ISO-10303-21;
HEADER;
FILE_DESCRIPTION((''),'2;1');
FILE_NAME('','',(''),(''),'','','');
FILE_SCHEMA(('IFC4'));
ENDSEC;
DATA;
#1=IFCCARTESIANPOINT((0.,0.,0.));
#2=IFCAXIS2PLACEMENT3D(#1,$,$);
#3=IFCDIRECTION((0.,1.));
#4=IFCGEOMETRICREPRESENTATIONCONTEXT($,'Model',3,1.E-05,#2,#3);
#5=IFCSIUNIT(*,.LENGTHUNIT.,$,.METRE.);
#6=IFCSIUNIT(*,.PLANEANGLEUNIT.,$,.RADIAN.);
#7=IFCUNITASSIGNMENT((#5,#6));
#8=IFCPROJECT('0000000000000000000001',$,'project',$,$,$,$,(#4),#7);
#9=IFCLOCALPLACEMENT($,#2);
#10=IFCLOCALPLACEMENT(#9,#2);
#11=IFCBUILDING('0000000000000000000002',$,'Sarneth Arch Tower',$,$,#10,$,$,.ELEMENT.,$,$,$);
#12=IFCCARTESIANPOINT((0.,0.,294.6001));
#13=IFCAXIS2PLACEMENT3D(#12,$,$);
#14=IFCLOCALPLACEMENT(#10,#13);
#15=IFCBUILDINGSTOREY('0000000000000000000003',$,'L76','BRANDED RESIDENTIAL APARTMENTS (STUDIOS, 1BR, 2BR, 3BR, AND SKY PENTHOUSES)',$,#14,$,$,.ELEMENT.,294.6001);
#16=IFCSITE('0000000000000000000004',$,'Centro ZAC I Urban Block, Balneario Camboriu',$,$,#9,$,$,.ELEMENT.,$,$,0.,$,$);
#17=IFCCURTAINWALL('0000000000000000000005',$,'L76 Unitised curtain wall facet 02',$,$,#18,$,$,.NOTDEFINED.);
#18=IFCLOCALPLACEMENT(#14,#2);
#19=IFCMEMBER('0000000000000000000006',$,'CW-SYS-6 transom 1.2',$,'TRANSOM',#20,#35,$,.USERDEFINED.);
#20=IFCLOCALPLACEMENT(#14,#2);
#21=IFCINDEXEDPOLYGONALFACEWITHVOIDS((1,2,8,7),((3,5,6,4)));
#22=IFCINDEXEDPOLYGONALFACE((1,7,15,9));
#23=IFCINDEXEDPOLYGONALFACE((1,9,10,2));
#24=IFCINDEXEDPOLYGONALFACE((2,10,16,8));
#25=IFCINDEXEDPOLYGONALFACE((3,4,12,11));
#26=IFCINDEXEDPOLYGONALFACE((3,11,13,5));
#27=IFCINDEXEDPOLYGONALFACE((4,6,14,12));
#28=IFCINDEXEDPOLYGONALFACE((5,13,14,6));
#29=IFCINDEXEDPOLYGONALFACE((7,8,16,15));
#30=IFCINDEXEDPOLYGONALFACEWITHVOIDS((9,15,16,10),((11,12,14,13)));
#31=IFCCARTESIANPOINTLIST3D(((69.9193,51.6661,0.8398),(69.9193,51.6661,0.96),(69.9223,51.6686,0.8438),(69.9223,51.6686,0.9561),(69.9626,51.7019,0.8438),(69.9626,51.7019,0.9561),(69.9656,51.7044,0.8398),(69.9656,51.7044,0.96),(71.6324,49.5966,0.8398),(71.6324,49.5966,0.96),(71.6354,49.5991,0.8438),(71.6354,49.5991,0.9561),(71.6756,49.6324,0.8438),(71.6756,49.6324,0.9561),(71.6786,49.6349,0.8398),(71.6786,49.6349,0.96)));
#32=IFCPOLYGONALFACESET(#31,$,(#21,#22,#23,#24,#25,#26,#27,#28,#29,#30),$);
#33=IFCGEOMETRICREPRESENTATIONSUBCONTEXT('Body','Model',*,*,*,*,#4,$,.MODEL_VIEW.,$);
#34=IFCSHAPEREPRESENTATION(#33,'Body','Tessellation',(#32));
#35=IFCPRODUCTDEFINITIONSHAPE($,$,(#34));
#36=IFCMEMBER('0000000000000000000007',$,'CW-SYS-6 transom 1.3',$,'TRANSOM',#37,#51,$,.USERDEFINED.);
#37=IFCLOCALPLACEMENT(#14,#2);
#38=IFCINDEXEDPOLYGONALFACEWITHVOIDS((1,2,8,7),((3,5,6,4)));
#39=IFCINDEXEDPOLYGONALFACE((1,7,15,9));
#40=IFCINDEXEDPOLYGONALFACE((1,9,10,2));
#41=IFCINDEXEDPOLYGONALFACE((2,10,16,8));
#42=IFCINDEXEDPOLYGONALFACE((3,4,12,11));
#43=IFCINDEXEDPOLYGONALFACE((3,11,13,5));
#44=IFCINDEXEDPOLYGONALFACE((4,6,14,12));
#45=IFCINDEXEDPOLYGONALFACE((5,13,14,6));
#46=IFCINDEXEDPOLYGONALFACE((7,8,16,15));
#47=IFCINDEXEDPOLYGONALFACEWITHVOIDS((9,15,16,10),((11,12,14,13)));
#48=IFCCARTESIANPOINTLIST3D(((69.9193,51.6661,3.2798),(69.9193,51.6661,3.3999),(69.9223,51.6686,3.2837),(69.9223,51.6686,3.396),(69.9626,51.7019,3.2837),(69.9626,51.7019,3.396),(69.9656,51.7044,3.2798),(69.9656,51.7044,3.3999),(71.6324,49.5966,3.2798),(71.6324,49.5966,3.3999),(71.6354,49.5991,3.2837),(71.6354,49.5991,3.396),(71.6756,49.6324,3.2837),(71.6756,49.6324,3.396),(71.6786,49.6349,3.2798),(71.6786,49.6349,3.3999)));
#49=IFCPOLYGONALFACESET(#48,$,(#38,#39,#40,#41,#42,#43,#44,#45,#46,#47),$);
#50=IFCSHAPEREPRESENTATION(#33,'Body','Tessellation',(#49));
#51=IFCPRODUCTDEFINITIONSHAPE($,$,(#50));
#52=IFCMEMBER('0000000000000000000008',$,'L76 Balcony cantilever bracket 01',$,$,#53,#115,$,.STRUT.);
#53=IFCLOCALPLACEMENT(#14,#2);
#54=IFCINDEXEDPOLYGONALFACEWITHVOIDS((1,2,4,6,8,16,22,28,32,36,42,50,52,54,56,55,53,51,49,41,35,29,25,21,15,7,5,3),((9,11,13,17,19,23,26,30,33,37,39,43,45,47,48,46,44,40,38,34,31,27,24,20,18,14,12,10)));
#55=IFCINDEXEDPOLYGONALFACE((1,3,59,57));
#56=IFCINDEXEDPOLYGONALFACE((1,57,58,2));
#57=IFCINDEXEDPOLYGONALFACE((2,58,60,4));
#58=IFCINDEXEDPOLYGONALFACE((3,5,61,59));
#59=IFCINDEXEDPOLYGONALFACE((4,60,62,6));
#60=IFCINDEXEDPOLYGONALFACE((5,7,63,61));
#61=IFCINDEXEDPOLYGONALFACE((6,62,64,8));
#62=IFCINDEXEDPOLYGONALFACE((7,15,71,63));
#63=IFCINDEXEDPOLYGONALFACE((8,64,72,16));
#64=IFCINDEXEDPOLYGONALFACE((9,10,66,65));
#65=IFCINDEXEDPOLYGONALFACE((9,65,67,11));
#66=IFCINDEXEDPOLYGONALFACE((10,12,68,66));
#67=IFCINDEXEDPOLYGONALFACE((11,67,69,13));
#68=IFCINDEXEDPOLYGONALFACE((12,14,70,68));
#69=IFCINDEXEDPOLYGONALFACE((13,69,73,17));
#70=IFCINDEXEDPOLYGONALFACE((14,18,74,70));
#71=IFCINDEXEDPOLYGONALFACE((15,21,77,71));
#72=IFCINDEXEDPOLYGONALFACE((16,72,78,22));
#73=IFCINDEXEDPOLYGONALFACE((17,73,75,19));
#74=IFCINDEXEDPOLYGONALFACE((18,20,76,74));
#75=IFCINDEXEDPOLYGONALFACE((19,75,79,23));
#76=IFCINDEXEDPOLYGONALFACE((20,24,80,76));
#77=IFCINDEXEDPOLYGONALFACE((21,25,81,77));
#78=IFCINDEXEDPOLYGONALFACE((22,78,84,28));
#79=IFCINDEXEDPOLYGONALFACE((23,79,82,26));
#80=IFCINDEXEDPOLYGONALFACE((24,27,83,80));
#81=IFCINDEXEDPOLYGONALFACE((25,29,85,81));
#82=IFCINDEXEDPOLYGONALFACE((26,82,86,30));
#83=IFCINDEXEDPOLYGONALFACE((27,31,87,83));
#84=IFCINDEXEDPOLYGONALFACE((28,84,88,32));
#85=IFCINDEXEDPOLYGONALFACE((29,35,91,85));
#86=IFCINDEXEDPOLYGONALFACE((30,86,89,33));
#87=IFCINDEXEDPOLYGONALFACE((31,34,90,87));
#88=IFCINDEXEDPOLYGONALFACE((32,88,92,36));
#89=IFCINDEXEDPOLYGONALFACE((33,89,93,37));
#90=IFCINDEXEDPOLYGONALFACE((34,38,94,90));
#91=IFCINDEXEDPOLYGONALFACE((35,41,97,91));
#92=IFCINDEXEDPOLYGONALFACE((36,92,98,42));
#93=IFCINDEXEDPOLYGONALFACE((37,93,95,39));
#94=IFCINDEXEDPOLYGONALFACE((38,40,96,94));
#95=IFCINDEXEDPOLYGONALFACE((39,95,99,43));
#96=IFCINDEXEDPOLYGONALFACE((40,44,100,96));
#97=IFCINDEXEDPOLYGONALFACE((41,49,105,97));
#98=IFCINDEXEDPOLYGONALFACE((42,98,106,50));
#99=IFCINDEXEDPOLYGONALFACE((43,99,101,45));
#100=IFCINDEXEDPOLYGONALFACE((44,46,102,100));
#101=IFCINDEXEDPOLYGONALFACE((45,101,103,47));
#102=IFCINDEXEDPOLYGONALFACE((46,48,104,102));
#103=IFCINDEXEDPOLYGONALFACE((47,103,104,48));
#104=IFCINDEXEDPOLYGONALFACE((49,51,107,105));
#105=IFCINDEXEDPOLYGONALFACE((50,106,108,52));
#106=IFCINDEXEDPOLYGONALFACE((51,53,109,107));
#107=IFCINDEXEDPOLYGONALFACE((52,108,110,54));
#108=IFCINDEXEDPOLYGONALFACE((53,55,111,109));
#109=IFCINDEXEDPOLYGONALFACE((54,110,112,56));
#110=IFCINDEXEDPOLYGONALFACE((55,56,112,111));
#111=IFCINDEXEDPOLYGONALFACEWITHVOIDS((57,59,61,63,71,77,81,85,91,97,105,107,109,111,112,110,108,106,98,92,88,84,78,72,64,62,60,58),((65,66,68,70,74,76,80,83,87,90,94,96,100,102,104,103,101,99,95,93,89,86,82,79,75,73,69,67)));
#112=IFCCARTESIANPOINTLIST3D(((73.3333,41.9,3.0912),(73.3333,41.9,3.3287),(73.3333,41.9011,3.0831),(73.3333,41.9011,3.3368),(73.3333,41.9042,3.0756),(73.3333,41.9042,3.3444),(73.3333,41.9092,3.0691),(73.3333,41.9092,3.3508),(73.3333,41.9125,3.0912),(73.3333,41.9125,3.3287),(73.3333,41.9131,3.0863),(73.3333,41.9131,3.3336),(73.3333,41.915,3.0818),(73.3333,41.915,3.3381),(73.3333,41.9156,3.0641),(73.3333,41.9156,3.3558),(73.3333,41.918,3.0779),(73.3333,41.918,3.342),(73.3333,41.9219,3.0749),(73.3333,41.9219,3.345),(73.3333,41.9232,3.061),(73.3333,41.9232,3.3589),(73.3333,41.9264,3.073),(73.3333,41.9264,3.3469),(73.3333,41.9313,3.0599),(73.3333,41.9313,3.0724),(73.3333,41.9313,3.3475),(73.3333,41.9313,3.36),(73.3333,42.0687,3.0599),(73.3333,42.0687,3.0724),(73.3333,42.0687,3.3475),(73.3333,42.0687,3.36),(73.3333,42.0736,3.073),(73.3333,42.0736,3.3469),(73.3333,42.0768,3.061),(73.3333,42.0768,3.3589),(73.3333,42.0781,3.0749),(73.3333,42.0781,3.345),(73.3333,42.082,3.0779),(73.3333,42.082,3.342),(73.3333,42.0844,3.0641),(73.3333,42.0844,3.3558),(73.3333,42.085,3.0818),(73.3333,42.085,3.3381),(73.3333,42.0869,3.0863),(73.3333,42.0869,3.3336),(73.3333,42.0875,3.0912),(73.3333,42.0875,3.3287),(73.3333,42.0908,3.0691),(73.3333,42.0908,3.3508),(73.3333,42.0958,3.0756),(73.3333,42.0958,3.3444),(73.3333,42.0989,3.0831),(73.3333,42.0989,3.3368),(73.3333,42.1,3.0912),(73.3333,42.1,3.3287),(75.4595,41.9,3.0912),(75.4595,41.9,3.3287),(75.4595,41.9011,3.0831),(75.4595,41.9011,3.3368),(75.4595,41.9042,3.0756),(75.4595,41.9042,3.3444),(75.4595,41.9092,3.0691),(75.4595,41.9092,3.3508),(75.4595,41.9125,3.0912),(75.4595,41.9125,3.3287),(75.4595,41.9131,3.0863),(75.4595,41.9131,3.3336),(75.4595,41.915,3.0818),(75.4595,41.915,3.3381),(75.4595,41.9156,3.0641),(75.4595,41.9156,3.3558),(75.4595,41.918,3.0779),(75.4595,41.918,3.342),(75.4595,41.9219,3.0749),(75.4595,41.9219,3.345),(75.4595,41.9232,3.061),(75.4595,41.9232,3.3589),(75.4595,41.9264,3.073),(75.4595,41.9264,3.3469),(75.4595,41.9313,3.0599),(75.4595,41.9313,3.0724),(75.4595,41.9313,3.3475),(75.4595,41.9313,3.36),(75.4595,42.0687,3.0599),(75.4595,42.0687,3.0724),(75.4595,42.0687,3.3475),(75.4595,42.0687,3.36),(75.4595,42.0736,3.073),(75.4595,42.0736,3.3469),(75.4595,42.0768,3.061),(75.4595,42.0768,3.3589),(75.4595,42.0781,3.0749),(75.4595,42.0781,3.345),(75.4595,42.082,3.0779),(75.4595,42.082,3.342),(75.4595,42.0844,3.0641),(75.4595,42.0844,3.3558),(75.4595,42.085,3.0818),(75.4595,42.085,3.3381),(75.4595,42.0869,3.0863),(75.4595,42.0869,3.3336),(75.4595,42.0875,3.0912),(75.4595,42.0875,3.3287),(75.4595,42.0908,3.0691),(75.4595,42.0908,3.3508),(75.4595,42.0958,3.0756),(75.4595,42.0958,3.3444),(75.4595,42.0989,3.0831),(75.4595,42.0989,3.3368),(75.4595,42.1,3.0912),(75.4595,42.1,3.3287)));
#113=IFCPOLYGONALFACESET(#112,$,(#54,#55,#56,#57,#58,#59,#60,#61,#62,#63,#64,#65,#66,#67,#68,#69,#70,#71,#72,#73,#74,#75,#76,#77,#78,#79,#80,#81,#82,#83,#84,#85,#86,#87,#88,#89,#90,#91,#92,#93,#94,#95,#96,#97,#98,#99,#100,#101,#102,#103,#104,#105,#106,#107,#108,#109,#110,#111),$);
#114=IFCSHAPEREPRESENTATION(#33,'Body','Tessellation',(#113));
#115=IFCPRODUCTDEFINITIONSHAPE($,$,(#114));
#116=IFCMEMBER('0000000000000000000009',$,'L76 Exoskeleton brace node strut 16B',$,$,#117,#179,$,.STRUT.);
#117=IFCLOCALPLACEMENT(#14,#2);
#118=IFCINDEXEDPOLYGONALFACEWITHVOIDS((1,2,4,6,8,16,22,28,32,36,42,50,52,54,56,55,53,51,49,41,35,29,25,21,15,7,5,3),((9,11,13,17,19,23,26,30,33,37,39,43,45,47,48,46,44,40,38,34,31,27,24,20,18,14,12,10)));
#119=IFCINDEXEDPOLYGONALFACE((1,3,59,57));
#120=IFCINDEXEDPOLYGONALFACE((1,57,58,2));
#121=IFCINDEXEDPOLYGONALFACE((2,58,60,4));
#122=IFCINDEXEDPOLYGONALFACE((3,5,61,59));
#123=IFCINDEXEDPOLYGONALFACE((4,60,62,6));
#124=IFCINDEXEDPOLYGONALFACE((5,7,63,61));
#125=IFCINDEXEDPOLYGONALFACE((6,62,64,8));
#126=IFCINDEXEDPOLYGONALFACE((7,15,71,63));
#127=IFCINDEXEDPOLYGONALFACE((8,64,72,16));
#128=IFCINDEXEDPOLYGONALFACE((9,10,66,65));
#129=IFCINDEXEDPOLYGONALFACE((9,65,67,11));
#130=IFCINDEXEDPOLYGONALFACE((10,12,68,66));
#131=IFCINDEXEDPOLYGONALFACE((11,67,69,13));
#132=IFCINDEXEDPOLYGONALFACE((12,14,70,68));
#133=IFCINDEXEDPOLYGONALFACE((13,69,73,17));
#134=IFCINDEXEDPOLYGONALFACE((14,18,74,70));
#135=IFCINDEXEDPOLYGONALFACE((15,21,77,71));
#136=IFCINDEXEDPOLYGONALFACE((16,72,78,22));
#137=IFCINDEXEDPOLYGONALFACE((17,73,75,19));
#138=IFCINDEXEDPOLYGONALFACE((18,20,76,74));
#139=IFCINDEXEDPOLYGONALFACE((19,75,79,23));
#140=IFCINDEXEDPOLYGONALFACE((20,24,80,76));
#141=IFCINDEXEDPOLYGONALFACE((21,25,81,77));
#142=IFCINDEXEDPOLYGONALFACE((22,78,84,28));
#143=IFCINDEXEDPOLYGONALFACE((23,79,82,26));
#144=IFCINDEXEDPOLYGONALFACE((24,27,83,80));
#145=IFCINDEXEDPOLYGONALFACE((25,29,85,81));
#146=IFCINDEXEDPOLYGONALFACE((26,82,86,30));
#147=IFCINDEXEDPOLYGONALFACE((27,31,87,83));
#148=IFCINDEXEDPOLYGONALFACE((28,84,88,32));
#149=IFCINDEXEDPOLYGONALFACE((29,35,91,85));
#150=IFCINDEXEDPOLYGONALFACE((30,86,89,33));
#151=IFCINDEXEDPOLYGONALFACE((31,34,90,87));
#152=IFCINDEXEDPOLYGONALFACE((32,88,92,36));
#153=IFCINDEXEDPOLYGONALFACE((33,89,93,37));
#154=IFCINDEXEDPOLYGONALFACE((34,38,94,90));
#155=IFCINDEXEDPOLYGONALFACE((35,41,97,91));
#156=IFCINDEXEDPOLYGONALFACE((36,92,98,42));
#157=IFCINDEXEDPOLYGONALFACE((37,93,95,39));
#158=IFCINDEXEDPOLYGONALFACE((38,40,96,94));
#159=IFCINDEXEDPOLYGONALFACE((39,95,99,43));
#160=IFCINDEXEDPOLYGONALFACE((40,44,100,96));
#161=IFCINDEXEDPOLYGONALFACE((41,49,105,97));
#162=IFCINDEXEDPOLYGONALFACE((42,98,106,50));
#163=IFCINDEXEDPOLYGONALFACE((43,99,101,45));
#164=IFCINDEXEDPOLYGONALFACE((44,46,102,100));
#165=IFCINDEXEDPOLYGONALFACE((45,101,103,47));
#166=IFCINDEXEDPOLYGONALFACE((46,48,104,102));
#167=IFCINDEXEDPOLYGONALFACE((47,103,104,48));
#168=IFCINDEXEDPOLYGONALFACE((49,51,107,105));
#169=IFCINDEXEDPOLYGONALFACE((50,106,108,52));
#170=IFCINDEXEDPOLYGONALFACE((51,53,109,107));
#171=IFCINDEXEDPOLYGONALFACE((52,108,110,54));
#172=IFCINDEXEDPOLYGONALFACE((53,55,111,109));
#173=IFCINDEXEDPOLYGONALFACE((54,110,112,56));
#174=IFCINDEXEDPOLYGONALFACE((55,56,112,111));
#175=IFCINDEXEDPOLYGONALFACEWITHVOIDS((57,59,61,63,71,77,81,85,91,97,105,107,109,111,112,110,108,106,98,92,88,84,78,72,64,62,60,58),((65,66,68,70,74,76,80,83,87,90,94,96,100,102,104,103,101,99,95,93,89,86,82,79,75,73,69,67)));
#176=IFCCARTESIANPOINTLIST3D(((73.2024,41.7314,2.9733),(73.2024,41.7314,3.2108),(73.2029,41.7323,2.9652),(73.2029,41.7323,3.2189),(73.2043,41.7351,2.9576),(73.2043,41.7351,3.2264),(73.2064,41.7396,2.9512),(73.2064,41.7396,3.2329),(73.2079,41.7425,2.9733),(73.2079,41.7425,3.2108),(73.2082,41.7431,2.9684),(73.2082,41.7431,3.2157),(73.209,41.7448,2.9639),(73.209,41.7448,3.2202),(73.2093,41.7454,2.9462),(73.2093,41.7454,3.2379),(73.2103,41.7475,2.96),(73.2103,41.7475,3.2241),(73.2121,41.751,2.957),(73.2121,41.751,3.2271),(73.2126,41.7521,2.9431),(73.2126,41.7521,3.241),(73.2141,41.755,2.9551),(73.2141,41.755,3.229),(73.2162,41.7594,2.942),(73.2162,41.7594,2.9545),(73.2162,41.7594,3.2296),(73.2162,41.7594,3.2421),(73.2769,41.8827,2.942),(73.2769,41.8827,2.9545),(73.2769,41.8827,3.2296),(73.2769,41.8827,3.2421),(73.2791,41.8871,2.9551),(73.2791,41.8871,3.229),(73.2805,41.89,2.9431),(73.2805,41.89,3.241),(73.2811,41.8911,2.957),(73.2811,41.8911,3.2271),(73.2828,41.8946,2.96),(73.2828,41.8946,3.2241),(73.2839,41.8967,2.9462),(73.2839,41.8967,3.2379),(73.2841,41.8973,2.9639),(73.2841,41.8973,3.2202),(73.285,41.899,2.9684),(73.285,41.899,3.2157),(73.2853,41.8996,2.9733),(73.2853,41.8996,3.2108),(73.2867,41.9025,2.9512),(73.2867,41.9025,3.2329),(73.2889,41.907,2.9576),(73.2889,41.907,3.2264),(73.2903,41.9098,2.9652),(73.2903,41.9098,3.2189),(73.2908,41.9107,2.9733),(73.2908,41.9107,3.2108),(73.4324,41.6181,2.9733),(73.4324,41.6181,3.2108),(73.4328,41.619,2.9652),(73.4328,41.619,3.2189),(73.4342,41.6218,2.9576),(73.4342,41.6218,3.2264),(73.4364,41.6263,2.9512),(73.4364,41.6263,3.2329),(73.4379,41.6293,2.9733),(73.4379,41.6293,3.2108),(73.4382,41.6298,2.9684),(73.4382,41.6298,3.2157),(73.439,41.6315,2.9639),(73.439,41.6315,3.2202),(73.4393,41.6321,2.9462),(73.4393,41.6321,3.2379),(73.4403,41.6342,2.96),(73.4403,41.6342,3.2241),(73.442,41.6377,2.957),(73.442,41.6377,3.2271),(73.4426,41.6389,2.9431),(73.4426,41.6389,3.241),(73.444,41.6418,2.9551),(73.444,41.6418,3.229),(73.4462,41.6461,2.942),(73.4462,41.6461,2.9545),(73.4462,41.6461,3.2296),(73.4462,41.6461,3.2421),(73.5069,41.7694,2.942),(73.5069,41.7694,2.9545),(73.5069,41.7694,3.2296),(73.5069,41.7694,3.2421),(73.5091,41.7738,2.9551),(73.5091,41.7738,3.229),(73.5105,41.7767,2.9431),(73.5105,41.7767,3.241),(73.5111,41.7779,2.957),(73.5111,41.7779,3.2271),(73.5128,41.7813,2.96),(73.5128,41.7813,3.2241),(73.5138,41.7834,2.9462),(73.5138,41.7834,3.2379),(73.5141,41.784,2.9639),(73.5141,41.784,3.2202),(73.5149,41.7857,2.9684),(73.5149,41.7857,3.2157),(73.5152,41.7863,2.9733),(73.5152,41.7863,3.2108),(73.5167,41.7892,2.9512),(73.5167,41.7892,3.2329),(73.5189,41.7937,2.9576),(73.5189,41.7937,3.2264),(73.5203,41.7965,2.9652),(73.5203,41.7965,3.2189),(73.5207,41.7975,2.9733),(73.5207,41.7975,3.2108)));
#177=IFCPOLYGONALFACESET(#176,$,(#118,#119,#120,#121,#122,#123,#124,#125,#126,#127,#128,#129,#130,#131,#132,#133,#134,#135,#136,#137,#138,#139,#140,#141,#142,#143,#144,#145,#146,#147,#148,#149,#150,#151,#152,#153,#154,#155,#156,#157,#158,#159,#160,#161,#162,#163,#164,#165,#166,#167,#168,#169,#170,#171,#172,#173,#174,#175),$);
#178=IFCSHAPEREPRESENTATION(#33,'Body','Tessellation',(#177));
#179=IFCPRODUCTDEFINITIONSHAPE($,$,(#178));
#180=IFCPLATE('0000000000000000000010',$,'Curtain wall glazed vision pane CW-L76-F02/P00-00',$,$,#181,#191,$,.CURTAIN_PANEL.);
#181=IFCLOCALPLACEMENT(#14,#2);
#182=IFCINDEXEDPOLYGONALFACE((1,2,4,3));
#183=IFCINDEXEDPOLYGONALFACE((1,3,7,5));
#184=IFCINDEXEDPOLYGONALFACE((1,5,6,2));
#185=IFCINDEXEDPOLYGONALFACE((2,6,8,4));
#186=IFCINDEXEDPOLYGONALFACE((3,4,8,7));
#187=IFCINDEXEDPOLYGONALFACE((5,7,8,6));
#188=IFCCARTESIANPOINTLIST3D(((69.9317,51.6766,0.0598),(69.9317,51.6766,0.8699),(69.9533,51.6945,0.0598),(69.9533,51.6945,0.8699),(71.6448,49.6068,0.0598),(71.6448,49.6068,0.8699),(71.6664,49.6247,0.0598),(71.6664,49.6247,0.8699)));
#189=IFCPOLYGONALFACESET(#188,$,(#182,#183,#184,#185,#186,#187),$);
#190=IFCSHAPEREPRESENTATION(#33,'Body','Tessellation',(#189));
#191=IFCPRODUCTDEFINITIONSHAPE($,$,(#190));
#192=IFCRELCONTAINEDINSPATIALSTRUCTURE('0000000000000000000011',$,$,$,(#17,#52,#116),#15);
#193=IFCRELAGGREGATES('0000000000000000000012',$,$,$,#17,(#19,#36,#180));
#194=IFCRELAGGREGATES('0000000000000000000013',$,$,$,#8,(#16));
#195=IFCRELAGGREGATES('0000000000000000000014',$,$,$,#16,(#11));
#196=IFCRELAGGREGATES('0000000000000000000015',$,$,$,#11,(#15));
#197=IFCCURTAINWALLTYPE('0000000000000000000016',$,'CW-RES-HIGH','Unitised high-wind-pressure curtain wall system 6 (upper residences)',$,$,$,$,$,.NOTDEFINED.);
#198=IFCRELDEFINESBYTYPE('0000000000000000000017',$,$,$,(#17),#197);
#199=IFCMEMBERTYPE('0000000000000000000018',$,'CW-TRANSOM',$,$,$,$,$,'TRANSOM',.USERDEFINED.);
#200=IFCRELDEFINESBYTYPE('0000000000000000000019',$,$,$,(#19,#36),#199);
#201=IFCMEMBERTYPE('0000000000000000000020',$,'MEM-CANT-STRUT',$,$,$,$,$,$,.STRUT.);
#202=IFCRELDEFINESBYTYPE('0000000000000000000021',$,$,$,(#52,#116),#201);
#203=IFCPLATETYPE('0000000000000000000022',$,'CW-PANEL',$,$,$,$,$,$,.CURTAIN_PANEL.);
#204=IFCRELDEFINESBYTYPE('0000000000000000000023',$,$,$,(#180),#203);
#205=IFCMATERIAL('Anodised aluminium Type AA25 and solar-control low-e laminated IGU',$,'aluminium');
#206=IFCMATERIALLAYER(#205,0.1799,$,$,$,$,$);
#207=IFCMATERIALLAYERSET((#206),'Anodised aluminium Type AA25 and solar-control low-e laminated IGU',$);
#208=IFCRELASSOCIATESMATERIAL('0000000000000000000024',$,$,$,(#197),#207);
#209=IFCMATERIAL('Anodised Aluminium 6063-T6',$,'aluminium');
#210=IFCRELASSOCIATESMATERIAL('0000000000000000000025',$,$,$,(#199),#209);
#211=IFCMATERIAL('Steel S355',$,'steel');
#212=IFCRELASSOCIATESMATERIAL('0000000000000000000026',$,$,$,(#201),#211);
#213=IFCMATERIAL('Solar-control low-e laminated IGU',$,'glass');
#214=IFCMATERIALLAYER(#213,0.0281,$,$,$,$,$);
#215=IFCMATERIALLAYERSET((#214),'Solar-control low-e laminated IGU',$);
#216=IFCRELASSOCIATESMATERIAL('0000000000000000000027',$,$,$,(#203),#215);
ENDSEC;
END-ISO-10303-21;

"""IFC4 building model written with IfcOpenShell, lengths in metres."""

from ifc_helpers import new_model, si_unit, direction, frame, origin, origin_2d, place, context, subcontext, project, spatial, rectangle, hollow_rectangle, extrude, material, layer, layer_set, material_profile, profile_set, type_object, element, aggregate, save


model = new_model("IFC4")

# Units and contexts
model_context = context("Model", 3, precision=1e-05, world=origin(), true_north=direction((0.0, 1.0)))
body_context = subcontext(model_context, "Body", "Model", "MODEL_VIEW")
ifc_project = project(units=[si_unit("LENGTHUNIT", "METRE"), si_unit("PLANEANGLEUNIT", "RADIAN")], contexts=[model_context])

# Site, building, storey
site_placement = place(None, origin())
site = spatial("IfcSite", under=ifc_project, at=site_placement, Name="Centro ZAC I Urban Block, Balneario Camboriu", CompositionType="ELEMENT", RefElevation=0.0)
building_placement = place(site_placement, origin())
building = spatial("IfcBuilding", under=site, at=building_placement, Name="Sarneth Arch Tower", CompositionType="ELEMENT")
storey_placement = place(building_placement, frame((0.0, 0.0, 294.6001)))
storey = spatial("IfcBuildingStorey", under=building, at=storey_placement, Name="L76", Description="BRANDED RESIDENTIAL APARTMENTS (STUDIOS, 1BR, 2BR, 3BR, AND SKY PENTHOUSES)", CompositionType="ELEMENT", Elevation=294.6001)

# Curtain wall, members
ifc_material_1 = material(Name="Anodised aluminium Type AA25 and solar-control low-e laminated IGU", Category="aluminium")
ifc_layer_1 = layer(ifc_material_1, 0.1799)
ifc_layer_set_1 = layer_set([ifc_layer_1], Name="Anodised aluminium Type AA25 and solar-control low-e laminated IGU")
curtain_wall_type = type_object("IfcCurtainWallType", Name="CW-RES-HIGH", Description="Unitised high-wind-pressure curtain wall system 6 (upper residences)", PredefinedType="NOTDEFINED", material=ifc_layer_set_1)
curtain_wall_placement = place(storey_placement, origin())
curtain_wall = element("IfcCurtainWall", 1, at=curtain_wall_placement, inside=storey, type_object=curtain_wall_type, Name="L76 Unitised curtain wall facet 02", PredefinedType="NOTDEFINED")
ifc_material_2 = material(Name="Anodised Aluminium 6063-T6", Category="aluminium")
ifc_material_profile_1 = material_profile(ifc_material_2, hollow_rectangle(XDim=0.0601, YDim=0.1201, WallThickness=0.0039, at=origin_2d()), Name="AL-TRAN-120x60x4")
ifc_profile_set_1 = profile_set([ifc_material_profile_1], Name="Anodised Aluminium 6063-T6")
member_type_1 = type_object("IfcMemberType", Name="CW-TRANSOM", ElementType="TRANSOM", PredefinedType="USERDEFINED", material=ifc_profile_set_1)
member_1_placement = place(storey_placement, frame((71.6555, 49.6157, 0.8999), z_axis=(-0.637651, 0.770325, 0.0), x_axis=(-0.770325, -0.637651, 0.0)))
member_1 = element("IfcMember", 2, at=member_1_placement, type_object=member_type_1, Name="CW-SYS-6 transom 1.2", ObjectType="TRANSOM", PredefinedType="USERDEFINED", context=body_context, shape_type="SweptSolid", body=[
    extrude(hollow_rectangle(XDim=0.0601, YDim=0.1201, WallThickness=0.0039, at=origin_2d()), origin(), (0.0, 0.0, 1.0), 2.6865),
])
member_2_placement = place(storey_placement, frame((71.6555, 49.6157, 3.3398), z_axis=(-0.637651, 0.770325, 0.0), x_axis=(-0.770325, -0.637651, 0.0)))
member_2 = element("IfcMember", 3, at=member_2_placement, type_object=member_type_1, Name="CW-SYS-6 transom 1.3", ObjectType="TRANSOM", PredefinedType="USERDEFINED", context=body_context, shape_type="SweptSolid", body=[
    extrude(hollow_rectangle(XDim=0.0601, YDim=0.1201, WallThickness=0.0039, at=origin_2d()), origin(), (0.0, 0.0, 1.0), 2.6865),
])

# Members
ifc_material_3 = material(Name="Steel S355", Category="steel")
ifc_material_profile_2 = material_profile(ifc_material_3, hollow_rectangle(XDim=0.2, YDim=0.3, WallThickness=0.0125, InnerFilletRadius=0.0188, OuterFilletRadius=0.0312, at=origin_2d()), Name="RHS300x200x12.5")
ifc_profile_set_2 = profile_set([ifc_material_profile_2], Name="Steel S355")
member_type_2 = type_object("IfcMemberType", Name="MEM-CANT-STRUT", PredefinedType="STRUT", material=ifc_profile_set_2)
member_3_placement = place(storey_placement, frame((73.3333, 42.0, 3.21), z_axis=(1.0, 0.0, 0.0), x_axis=(0.0, 1.0, 0.0)))
element("IfcMember", 4, at=member_3_placement, inside=storey, type_object=member_type_2, Name="L76 Balcony cantilever bracket 01", PredefinedType="STRUT", context=body_context, shape_type="SweptSolid", body=[
    extrude(hollow_rectangle(XDim=0.2, YDim=0.3, WallThickness=0.0125, InnerFilletRadius=0.0188, OuterFilletRadius=0.0312, at=origin_2d()), origin(), (0.0, 0.0, 1.0), 2.1262),
])
member_4_placement = place(storey_placement, frame((73.2466, 41.821, 3.092), z_axis=(0.897078, -0.441873, 0.0), x_axis=(0.441873, 0.897078, 0.0)))
element("IfcMember", 5, at=member_4_placement, inside=storey, type_object=member_type_2, Name="L76 Exoskeleton brace node strut 16B", PredefinedType="STRUT", context=body_context, shape_type="SweptSolid", body=[
    extrude(hollow_rectangle(XDim=0.2, YDim=0.3, WallThickness=0.0125, InnerFilletRadius=0.0188, OuterFilletRadius=0.0312, at=origin_2d()), origin(), (0.0, 0.0, 1.0), 0.2563),
])

# Plate
ifc_material_4 = material(Name="Solar-control low-e laminated IGU", Category="glass")
ifc_layer_2 = layer(ifc_material_4, 0.0281)
ifc_layer_set_2 = layer_set([ifc_layer_2], Name="Solar-control low-e laminated IGU")
plate_type_1 = type_object("IfcPlateType", Name="CW-PANEL", PredefinedType="CURTAIN_PANEL", material=ifc_layer_set_2)
plate_1_placement = place(storey_placement, frame((70.7991, 50.6506, 0.0598), z_axis=(0.0, 0.0, 1.0), x_axis=(-0.63761, 0.770359, 0.0)))
plate_1 = element("IfcPlate", 6, at=plate_1_placement, type_object=plate_type_1, Name="Curtain wall glazed vision pane CW-L76-F02/P00-00", PredefinedType="CURTAIN_PANEL", context=body_context, shape_type="SweptSolid", body=[
    extrude(rectangle(XDim=2.6868, YDim=0.0281, at=origin_2d()), origin(), (0.0, 0.0, 1.0), 0.8101),
])
aggregate(curtain_wall, [member_1, member_2, plate_1])

save(model, "model.ifc")
